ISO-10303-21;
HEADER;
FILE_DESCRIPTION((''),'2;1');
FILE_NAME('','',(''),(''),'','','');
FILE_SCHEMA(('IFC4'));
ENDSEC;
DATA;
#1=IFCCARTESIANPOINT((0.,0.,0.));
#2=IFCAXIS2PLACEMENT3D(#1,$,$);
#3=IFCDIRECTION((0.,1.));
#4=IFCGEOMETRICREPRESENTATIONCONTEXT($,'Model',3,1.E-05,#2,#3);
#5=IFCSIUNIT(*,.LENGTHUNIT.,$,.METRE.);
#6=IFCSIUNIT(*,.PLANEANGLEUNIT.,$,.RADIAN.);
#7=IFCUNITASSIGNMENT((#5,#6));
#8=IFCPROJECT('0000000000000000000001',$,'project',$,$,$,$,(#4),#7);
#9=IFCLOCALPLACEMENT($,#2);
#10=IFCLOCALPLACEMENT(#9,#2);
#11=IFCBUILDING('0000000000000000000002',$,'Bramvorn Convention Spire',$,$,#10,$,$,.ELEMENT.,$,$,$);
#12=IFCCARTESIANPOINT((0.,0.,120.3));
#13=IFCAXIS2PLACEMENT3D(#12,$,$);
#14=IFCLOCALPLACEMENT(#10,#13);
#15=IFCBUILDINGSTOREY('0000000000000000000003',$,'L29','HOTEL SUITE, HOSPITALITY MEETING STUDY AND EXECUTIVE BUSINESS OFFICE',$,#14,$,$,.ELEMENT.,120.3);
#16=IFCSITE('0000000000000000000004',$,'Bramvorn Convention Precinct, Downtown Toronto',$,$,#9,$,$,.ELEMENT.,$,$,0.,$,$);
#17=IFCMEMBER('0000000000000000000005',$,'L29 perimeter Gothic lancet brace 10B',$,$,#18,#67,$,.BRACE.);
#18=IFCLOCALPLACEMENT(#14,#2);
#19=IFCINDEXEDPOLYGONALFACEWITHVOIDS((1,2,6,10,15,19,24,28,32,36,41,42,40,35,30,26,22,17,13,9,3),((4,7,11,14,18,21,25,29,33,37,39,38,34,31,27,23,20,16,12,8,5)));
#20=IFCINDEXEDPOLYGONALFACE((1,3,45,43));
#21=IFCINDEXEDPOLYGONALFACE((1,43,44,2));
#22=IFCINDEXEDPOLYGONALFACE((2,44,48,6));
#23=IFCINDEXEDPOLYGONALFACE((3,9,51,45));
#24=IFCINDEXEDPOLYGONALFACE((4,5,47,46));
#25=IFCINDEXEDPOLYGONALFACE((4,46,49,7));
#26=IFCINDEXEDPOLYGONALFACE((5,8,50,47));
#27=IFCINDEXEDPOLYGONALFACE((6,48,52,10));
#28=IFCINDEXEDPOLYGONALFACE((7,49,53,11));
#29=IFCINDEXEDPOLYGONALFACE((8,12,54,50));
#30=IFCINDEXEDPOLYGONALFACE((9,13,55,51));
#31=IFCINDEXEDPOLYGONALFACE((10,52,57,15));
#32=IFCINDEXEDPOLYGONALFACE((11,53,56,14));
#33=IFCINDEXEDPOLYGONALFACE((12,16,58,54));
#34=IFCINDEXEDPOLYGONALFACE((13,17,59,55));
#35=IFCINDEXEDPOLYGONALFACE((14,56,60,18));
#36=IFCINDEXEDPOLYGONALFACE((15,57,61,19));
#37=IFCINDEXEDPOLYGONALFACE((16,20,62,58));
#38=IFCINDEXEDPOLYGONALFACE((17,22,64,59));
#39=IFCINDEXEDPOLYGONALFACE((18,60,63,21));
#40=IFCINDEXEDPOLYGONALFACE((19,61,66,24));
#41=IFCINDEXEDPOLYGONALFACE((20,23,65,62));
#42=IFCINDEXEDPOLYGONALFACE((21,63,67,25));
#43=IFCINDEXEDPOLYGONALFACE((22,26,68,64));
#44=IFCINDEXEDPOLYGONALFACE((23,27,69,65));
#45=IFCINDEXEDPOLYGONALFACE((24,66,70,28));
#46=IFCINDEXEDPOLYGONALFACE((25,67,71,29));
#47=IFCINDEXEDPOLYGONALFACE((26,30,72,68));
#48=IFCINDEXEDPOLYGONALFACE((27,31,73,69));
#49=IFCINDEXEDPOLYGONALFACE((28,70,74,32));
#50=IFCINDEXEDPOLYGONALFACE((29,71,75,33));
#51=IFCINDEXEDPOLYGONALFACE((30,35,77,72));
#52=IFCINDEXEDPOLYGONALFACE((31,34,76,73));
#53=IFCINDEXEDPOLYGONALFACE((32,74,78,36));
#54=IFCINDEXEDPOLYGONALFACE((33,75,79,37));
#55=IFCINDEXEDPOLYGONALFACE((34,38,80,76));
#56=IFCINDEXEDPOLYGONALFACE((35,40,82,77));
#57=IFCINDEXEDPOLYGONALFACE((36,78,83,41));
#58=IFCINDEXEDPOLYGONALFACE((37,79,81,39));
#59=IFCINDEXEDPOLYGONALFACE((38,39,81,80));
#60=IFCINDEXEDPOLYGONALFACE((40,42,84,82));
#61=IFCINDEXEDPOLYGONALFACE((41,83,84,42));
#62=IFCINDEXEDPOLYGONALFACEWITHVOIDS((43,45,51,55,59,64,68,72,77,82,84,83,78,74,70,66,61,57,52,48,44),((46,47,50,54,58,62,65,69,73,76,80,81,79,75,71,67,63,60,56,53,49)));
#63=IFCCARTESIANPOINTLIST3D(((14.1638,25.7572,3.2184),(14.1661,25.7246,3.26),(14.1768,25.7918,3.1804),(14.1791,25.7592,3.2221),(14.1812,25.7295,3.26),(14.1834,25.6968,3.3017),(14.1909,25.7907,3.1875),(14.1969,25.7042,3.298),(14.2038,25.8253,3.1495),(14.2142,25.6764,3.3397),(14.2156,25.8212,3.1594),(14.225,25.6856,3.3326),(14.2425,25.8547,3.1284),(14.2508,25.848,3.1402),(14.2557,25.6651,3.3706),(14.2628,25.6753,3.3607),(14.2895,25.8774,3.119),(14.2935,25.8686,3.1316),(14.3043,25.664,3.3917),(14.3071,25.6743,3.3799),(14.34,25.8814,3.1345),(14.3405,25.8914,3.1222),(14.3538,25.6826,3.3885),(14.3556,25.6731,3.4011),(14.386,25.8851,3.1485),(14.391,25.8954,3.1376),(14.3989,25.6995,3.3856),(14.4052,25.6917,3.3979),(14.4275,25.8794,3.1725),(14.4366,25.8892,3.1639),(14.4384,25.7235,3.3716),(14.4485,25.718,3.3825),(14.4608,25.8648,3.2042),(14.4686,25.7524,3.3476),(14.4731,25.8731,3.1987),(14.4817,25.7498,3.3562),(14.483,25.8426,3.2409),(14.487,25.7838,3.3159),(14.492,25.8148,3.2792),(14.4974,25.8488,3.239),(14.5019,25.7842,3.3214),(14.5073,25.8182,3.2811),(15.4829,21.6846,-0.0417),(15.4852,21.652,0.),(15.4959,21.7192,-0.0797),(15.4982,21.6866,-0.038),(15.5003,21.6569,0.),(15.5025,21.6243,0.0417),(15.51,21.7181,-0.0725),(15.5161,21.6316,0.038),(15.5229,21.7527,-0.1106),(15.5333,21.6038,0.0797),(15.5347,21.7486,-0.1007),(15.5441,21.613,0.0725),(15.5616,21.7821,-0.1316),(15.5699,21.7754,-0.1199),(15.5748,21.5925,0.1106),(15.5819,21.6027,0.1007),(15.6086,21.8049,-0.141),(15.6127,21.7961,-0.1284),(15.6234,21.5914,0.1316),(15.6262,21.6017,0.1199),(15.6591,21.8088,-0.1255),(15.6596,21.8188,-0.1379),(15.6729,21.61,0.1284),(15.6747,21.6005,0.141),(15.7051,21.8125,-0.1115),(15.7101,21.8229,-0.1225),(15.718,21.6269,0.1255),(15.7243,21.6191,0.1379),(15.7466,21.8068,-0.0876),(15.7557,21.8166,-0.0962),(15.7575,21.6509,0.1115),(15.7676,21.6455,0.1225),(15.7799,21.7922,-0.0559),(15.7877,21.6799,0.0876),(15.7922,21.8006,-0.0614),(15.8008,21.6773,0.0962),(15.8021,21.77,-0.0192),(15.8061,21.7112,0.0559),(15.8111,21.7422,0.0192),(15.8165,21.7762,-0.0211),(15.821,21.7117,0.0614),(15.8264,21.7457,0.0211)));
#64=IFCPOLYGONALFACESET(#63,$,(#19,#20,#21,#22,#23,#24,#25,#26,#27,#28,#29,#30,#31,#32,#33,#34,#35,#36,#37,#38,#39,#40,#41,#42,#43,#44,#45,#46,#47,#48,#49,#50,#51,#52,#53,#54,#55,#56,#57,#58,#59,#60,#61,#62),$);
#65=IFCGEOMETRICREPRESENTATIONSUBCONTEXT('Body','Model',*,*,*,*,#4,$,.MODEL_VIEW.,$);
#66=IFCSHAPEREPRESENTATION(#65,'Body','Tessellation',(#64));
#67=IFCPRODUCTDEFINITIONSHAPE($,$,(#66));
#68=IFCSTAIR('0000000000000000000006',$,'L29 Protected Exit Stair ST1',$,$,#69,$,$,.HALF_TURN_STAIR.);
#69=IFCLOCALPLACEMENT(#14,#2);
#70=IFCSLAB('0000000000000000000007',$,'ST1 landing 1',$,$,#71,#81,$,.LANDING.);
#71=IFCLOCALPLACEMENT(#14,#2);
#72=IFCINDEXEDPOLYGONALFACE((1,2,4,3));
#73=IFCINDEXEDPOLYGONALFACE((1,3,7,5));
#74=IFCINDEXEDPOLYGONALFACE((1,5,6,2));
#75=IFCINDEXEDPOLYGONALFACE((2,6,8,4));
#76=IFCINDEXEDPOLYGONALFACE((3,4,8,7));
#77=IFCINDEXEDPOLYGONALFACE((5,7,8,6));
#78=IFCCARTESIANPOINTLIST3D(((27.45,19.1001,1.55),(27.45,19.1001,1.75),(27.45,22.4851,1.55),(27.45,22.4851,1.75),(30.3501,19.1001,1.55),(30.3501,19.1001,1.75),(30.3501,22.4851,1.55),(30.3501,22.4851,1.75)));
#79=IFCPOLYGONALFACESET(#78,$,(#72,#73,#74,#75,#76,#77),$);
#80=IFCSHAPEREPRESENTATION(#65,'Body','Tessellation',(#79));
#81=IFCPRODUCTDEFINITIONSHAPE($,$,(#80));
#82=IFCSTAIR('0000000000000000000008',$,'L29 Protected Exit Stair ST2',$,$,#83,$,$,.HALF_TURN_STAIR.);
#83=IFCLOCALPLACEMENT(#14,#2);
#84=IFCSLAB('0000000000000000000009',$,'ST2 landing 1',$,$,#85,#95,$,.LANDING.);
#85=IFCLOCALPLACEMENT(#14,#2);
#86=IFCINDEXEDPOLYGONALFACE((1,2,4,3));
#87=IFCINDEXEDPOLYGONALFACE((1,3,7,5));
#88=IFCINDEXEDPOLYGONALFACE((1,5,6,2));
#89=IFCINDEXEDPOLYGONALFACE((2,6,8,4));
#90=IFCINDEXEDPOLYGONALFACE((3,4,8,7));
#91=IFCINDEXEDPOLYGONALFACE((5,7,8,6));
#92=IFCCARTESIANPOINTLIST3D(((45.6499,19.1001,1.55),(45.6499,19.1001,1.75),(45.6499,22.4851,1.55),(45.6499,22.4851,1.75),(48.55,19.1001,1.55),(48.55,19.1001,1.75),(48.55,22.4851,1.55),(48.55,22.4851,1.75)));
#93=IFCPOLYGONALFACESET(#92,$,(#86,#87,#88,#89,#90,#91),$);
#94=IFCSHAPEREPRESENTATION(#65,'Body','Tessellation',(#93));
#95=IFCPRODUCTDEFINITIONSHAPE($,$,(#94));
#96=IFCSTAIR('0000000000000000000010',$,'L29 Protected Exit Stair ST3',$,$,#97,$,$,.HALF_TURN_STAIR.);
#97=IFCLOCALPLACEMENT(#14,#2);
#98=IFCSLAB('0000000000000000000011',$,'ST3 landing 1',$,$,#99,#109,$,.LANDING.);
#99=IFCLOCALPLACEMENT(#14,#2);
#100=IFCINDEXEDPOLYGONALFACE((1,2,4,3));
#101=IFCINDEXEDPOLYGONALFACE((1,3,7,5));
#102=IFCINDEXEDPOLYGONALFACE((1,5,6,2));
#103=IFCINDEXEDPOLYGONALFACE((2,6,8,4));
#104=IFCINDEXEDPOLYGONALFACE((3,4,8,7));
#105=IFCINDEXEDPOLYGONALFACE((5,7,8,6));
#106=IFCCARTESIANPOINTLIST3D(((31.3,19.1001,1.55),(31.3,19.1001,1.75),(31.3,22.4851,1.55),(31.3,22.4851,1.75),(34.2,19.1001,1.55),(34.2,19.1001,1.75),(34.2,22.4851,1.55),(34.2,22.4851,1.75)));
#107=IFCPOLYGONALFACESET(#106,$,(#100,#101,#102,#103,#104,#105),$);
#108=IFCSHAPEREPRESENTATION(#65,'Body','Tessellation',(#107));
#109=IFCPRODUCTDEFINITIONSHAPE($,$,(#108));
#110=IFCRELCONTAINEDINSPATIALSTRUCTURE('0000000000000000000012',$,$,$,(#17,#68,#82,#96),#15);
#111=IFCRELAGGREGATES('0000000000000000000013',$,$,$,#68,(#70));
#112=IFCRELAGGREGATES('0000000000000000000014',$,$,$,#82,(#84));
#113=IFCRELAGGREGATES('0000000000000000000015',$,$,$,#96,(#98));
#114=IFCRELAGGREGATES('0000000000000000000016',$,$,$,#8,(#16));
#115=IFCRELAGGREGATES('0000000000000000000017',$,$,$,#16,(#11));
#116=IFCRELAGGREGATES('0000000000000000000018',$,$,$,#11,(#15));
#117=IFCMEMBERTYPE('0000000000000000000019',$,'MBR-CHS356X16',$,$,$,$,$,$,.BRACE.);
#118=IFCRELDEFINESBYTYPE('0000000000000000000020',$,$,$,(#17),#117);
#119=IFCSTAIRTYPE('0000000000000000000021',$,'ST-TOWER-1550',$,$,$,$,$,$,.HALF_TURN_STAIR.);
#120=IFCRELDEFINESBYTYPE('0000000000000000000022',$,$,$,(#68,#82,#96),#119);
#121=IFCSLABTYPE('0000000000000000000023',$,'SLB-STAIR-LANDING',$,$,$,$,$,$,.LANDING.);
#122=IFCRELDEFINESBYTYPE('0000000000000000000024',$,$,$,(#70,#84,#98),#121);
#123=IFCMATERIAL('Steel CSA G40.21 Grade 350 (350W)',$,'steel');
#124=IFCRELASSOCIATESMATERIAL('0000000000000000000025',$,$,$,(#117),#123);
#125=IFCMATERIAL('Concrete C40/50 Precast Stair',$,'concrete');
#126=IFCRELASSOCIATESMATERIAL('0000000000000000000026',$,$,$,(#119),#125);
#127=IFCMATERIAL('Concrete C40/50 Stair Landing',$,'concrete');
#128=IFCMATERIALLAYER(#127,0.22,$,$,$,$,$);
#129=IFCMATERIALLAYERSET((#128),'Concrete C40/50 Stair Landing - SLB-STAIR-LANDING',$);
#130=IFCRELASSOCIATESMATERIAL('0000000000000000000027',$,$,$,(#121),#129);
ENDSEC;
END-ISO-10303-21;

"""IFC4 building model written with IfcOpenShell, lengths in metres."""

from ifc_helpers import new_model, si_unit, direction, frame, origin, origin_2d, place, context, subcontext, project, spatial, polyline, hollow_circle, outline, extrude, material, layer, layer_set, material_profile, profile_set, type_object, element, aggregate, save


model = new_model("IFC4")

# Units and contexts
model_context = context("Model", 3, precision=1e-05, world=origin(), true_north=direction((0.0, 1.0)))
body_context = subcontext(model_context, "Body", "Model", "MODEL_VIEW")
ifc_project = project(units=[si_unit("LENGTHUNIT", "METRE"), si_unit("PLANEANGLEUNIT", "RADIAN")], contexts=[model_context])

# Site, building, storey
site_placement = place(None, origin())
site = spatial("IfcSite", under=ifc_project, at=site_placement, Name="Bramvorn Convention Precinct, Downtown Toronto", CompositionType="ELEMENT", RefElevation=0.0)
building_placement = place(site_placement, origin())
building = spatial("IfcBuilding", under=site, at=building_placement, Name="Bramvorn Convention Spire", CompositionType="ELEMENT")
storey_placement = place(building_placement, frame((0.0, 0.0, 120.3)))
storey = spatial("IfcBuildingStorey", under=building, at=storey_placement, Name="L29", Description="HOTEL SUITE, HOSPITALITY MEETING STUDY AND EXECUTIVE BUSINESS OFFICE", CompositionType="ELEMENT", Elevation=120.3)

# Shared definitions
ifc_material_1 = material(Name="Steel CSA G40.21 Grade 350 (350W)", Category="steel")

# Member
ifc_material_profile_1 = material_profile(ifc_material_1, hollow_circle(Radius=0.1777, WallThickness=0.0159, at=origin_2d()))
ifc_profile_set_1 = profile_set([ifc_material_profile_1], Name="Steel CSA G40.21 Grade 350 (350W) - CHS356X16")
member_type = type_object("IfcMemberType", Name="MBR-CHS356X16", PredefinedType="BRACE", material=ifc_profile_set_1)
member_placement = place(storey_placement, frame((15.6543, 21.7068, 0.0), z_axis=(-0.245148, 0.75686, 0.60586), x_axis=(-0.951341, -0.308141, 0.0)))
element("IfcMember", 1, at=member_placement, inside=storey, type_object=member_type, Name="L29 perimeter Gothic lancet brace 10B", PredefinedType="BRACE", context=body_context, shape_type="SweptSolid", body=[
    extrude(hollow_circle(Radius=0.1777, WallThickness=0.0159, at=origin_2d()), origin(), (0.0, 0.0, 1.0), 5.3809),
])

# Stairs, slabs
ifc_material_2 = material(Name="Concrete C40/50 Precast Stair", Category="concrete")
stair_type = type_object("IfcStairType", Name="ST-TOWER-1550", PredefinedType="HALF_TURN_STAIR", material=ifc_material_2)
stair_1_placement = place(storey_placement, origin())
stair_1 = element("IfcStair", 2, at=stair_1_placement, inside=storey, type_object=stair_type, Name="L29 Protected Exit Stair ST1", PredefinedType="HALF_TURN_STAIR")
ifc_material_3 = material(Name="Concrete C40/50 Stair Landing", Category="concrete")
ifc_layer_1 = layer(ifc_material_3, 0.22)
ifc_layer_set_1 = layer_set([ifc_layer_1], Name="Concrete C40/50 Stair Landing - SLB-STAIR-LANDING")
slab_type_1 = type_object("IfcSlabType", Name="SLB-STAIR-LANDING", PredefinedType="LANDING", material=ifc_layer_set_1)
slab_1_placement = place(storey_placement, frame((0.0, 0.0, 1.55)))
slab_1 = element("IfcSlab", 3, at=slab_1_placement, type_object=slab_type_1, Name="ST1 landing 1", PredefinedType="LANDING", context=body_context, shape_type="SweptSolid", body=[
    extrude(outline(polyline([(27.45, 22.4851), (27.45, 19.1001), (30.3501, 19.1001), (30.3501, 22.4851), (27.45, 22.4851)])), origin(), (0.0, 0.0, 1.0), 0.2),
])
aggregate(stair_1, [slab_1])
stair_2_placement = place(storey_placement, origin())
stair_2 = element("IfcStair", 4, at=stair_2_placement, inside=storey, type_object=stair_type, Name="L29 Protected Exit Stair ST2", PredefinedType="HALF_TURN_STAIR")
slab_2_placement = place(storey_placement, frame((0.0, 0.0, 1.55)))
slab_2 = element("IfcSlab", 5, at=slab_2_placement, type_object=slab_type_1, Name="ST2 landing 1", PredefinedType="LANDING", context=body_context, shape_type="SweptSolid", body=[
    extrude(outline(polyline([(45.6499, 22.4851), (45.6499, 19.1001), (48.55, 19.1001), (48.55, 22.4851), (45.6499, 22.4851)])), origin(), (0.0, 0.0, 1.0), 0.2),
])
aggregate(stair_2, [slab_2])
stair_3_placement = place(storey_placement, origin())
stair_3 = element("IfcStair", 6, at=stair_3_placement, inside=storey, type_object=stair_type, Name="L29 Protected Exit Stair ST3", PredefinedType="HALF_TURN_STAIR")
slab_3_placement = place(storey_placement, frame((0.0, 0.0, 1.55)))
slab_3 = element("IfcSlab", 7, at=slab_3_placement, type_object=slab_type_1, Name="ST3 landing 1", PredefinedType="LANDING", context=body_context, shape_type="SweptSolid", body=[
    extrude(outline(polyline([(31.3, 22.4851), (31.3, 19.1001), (34.2, 19.1001), (34.2, 22.4851), (31.3, 22.4851)])), origin(), (0.0, 0.0, 1.0), 0.2),
])
aggregate(stair_3, [slab_3])

save(model, "model.ifc")
